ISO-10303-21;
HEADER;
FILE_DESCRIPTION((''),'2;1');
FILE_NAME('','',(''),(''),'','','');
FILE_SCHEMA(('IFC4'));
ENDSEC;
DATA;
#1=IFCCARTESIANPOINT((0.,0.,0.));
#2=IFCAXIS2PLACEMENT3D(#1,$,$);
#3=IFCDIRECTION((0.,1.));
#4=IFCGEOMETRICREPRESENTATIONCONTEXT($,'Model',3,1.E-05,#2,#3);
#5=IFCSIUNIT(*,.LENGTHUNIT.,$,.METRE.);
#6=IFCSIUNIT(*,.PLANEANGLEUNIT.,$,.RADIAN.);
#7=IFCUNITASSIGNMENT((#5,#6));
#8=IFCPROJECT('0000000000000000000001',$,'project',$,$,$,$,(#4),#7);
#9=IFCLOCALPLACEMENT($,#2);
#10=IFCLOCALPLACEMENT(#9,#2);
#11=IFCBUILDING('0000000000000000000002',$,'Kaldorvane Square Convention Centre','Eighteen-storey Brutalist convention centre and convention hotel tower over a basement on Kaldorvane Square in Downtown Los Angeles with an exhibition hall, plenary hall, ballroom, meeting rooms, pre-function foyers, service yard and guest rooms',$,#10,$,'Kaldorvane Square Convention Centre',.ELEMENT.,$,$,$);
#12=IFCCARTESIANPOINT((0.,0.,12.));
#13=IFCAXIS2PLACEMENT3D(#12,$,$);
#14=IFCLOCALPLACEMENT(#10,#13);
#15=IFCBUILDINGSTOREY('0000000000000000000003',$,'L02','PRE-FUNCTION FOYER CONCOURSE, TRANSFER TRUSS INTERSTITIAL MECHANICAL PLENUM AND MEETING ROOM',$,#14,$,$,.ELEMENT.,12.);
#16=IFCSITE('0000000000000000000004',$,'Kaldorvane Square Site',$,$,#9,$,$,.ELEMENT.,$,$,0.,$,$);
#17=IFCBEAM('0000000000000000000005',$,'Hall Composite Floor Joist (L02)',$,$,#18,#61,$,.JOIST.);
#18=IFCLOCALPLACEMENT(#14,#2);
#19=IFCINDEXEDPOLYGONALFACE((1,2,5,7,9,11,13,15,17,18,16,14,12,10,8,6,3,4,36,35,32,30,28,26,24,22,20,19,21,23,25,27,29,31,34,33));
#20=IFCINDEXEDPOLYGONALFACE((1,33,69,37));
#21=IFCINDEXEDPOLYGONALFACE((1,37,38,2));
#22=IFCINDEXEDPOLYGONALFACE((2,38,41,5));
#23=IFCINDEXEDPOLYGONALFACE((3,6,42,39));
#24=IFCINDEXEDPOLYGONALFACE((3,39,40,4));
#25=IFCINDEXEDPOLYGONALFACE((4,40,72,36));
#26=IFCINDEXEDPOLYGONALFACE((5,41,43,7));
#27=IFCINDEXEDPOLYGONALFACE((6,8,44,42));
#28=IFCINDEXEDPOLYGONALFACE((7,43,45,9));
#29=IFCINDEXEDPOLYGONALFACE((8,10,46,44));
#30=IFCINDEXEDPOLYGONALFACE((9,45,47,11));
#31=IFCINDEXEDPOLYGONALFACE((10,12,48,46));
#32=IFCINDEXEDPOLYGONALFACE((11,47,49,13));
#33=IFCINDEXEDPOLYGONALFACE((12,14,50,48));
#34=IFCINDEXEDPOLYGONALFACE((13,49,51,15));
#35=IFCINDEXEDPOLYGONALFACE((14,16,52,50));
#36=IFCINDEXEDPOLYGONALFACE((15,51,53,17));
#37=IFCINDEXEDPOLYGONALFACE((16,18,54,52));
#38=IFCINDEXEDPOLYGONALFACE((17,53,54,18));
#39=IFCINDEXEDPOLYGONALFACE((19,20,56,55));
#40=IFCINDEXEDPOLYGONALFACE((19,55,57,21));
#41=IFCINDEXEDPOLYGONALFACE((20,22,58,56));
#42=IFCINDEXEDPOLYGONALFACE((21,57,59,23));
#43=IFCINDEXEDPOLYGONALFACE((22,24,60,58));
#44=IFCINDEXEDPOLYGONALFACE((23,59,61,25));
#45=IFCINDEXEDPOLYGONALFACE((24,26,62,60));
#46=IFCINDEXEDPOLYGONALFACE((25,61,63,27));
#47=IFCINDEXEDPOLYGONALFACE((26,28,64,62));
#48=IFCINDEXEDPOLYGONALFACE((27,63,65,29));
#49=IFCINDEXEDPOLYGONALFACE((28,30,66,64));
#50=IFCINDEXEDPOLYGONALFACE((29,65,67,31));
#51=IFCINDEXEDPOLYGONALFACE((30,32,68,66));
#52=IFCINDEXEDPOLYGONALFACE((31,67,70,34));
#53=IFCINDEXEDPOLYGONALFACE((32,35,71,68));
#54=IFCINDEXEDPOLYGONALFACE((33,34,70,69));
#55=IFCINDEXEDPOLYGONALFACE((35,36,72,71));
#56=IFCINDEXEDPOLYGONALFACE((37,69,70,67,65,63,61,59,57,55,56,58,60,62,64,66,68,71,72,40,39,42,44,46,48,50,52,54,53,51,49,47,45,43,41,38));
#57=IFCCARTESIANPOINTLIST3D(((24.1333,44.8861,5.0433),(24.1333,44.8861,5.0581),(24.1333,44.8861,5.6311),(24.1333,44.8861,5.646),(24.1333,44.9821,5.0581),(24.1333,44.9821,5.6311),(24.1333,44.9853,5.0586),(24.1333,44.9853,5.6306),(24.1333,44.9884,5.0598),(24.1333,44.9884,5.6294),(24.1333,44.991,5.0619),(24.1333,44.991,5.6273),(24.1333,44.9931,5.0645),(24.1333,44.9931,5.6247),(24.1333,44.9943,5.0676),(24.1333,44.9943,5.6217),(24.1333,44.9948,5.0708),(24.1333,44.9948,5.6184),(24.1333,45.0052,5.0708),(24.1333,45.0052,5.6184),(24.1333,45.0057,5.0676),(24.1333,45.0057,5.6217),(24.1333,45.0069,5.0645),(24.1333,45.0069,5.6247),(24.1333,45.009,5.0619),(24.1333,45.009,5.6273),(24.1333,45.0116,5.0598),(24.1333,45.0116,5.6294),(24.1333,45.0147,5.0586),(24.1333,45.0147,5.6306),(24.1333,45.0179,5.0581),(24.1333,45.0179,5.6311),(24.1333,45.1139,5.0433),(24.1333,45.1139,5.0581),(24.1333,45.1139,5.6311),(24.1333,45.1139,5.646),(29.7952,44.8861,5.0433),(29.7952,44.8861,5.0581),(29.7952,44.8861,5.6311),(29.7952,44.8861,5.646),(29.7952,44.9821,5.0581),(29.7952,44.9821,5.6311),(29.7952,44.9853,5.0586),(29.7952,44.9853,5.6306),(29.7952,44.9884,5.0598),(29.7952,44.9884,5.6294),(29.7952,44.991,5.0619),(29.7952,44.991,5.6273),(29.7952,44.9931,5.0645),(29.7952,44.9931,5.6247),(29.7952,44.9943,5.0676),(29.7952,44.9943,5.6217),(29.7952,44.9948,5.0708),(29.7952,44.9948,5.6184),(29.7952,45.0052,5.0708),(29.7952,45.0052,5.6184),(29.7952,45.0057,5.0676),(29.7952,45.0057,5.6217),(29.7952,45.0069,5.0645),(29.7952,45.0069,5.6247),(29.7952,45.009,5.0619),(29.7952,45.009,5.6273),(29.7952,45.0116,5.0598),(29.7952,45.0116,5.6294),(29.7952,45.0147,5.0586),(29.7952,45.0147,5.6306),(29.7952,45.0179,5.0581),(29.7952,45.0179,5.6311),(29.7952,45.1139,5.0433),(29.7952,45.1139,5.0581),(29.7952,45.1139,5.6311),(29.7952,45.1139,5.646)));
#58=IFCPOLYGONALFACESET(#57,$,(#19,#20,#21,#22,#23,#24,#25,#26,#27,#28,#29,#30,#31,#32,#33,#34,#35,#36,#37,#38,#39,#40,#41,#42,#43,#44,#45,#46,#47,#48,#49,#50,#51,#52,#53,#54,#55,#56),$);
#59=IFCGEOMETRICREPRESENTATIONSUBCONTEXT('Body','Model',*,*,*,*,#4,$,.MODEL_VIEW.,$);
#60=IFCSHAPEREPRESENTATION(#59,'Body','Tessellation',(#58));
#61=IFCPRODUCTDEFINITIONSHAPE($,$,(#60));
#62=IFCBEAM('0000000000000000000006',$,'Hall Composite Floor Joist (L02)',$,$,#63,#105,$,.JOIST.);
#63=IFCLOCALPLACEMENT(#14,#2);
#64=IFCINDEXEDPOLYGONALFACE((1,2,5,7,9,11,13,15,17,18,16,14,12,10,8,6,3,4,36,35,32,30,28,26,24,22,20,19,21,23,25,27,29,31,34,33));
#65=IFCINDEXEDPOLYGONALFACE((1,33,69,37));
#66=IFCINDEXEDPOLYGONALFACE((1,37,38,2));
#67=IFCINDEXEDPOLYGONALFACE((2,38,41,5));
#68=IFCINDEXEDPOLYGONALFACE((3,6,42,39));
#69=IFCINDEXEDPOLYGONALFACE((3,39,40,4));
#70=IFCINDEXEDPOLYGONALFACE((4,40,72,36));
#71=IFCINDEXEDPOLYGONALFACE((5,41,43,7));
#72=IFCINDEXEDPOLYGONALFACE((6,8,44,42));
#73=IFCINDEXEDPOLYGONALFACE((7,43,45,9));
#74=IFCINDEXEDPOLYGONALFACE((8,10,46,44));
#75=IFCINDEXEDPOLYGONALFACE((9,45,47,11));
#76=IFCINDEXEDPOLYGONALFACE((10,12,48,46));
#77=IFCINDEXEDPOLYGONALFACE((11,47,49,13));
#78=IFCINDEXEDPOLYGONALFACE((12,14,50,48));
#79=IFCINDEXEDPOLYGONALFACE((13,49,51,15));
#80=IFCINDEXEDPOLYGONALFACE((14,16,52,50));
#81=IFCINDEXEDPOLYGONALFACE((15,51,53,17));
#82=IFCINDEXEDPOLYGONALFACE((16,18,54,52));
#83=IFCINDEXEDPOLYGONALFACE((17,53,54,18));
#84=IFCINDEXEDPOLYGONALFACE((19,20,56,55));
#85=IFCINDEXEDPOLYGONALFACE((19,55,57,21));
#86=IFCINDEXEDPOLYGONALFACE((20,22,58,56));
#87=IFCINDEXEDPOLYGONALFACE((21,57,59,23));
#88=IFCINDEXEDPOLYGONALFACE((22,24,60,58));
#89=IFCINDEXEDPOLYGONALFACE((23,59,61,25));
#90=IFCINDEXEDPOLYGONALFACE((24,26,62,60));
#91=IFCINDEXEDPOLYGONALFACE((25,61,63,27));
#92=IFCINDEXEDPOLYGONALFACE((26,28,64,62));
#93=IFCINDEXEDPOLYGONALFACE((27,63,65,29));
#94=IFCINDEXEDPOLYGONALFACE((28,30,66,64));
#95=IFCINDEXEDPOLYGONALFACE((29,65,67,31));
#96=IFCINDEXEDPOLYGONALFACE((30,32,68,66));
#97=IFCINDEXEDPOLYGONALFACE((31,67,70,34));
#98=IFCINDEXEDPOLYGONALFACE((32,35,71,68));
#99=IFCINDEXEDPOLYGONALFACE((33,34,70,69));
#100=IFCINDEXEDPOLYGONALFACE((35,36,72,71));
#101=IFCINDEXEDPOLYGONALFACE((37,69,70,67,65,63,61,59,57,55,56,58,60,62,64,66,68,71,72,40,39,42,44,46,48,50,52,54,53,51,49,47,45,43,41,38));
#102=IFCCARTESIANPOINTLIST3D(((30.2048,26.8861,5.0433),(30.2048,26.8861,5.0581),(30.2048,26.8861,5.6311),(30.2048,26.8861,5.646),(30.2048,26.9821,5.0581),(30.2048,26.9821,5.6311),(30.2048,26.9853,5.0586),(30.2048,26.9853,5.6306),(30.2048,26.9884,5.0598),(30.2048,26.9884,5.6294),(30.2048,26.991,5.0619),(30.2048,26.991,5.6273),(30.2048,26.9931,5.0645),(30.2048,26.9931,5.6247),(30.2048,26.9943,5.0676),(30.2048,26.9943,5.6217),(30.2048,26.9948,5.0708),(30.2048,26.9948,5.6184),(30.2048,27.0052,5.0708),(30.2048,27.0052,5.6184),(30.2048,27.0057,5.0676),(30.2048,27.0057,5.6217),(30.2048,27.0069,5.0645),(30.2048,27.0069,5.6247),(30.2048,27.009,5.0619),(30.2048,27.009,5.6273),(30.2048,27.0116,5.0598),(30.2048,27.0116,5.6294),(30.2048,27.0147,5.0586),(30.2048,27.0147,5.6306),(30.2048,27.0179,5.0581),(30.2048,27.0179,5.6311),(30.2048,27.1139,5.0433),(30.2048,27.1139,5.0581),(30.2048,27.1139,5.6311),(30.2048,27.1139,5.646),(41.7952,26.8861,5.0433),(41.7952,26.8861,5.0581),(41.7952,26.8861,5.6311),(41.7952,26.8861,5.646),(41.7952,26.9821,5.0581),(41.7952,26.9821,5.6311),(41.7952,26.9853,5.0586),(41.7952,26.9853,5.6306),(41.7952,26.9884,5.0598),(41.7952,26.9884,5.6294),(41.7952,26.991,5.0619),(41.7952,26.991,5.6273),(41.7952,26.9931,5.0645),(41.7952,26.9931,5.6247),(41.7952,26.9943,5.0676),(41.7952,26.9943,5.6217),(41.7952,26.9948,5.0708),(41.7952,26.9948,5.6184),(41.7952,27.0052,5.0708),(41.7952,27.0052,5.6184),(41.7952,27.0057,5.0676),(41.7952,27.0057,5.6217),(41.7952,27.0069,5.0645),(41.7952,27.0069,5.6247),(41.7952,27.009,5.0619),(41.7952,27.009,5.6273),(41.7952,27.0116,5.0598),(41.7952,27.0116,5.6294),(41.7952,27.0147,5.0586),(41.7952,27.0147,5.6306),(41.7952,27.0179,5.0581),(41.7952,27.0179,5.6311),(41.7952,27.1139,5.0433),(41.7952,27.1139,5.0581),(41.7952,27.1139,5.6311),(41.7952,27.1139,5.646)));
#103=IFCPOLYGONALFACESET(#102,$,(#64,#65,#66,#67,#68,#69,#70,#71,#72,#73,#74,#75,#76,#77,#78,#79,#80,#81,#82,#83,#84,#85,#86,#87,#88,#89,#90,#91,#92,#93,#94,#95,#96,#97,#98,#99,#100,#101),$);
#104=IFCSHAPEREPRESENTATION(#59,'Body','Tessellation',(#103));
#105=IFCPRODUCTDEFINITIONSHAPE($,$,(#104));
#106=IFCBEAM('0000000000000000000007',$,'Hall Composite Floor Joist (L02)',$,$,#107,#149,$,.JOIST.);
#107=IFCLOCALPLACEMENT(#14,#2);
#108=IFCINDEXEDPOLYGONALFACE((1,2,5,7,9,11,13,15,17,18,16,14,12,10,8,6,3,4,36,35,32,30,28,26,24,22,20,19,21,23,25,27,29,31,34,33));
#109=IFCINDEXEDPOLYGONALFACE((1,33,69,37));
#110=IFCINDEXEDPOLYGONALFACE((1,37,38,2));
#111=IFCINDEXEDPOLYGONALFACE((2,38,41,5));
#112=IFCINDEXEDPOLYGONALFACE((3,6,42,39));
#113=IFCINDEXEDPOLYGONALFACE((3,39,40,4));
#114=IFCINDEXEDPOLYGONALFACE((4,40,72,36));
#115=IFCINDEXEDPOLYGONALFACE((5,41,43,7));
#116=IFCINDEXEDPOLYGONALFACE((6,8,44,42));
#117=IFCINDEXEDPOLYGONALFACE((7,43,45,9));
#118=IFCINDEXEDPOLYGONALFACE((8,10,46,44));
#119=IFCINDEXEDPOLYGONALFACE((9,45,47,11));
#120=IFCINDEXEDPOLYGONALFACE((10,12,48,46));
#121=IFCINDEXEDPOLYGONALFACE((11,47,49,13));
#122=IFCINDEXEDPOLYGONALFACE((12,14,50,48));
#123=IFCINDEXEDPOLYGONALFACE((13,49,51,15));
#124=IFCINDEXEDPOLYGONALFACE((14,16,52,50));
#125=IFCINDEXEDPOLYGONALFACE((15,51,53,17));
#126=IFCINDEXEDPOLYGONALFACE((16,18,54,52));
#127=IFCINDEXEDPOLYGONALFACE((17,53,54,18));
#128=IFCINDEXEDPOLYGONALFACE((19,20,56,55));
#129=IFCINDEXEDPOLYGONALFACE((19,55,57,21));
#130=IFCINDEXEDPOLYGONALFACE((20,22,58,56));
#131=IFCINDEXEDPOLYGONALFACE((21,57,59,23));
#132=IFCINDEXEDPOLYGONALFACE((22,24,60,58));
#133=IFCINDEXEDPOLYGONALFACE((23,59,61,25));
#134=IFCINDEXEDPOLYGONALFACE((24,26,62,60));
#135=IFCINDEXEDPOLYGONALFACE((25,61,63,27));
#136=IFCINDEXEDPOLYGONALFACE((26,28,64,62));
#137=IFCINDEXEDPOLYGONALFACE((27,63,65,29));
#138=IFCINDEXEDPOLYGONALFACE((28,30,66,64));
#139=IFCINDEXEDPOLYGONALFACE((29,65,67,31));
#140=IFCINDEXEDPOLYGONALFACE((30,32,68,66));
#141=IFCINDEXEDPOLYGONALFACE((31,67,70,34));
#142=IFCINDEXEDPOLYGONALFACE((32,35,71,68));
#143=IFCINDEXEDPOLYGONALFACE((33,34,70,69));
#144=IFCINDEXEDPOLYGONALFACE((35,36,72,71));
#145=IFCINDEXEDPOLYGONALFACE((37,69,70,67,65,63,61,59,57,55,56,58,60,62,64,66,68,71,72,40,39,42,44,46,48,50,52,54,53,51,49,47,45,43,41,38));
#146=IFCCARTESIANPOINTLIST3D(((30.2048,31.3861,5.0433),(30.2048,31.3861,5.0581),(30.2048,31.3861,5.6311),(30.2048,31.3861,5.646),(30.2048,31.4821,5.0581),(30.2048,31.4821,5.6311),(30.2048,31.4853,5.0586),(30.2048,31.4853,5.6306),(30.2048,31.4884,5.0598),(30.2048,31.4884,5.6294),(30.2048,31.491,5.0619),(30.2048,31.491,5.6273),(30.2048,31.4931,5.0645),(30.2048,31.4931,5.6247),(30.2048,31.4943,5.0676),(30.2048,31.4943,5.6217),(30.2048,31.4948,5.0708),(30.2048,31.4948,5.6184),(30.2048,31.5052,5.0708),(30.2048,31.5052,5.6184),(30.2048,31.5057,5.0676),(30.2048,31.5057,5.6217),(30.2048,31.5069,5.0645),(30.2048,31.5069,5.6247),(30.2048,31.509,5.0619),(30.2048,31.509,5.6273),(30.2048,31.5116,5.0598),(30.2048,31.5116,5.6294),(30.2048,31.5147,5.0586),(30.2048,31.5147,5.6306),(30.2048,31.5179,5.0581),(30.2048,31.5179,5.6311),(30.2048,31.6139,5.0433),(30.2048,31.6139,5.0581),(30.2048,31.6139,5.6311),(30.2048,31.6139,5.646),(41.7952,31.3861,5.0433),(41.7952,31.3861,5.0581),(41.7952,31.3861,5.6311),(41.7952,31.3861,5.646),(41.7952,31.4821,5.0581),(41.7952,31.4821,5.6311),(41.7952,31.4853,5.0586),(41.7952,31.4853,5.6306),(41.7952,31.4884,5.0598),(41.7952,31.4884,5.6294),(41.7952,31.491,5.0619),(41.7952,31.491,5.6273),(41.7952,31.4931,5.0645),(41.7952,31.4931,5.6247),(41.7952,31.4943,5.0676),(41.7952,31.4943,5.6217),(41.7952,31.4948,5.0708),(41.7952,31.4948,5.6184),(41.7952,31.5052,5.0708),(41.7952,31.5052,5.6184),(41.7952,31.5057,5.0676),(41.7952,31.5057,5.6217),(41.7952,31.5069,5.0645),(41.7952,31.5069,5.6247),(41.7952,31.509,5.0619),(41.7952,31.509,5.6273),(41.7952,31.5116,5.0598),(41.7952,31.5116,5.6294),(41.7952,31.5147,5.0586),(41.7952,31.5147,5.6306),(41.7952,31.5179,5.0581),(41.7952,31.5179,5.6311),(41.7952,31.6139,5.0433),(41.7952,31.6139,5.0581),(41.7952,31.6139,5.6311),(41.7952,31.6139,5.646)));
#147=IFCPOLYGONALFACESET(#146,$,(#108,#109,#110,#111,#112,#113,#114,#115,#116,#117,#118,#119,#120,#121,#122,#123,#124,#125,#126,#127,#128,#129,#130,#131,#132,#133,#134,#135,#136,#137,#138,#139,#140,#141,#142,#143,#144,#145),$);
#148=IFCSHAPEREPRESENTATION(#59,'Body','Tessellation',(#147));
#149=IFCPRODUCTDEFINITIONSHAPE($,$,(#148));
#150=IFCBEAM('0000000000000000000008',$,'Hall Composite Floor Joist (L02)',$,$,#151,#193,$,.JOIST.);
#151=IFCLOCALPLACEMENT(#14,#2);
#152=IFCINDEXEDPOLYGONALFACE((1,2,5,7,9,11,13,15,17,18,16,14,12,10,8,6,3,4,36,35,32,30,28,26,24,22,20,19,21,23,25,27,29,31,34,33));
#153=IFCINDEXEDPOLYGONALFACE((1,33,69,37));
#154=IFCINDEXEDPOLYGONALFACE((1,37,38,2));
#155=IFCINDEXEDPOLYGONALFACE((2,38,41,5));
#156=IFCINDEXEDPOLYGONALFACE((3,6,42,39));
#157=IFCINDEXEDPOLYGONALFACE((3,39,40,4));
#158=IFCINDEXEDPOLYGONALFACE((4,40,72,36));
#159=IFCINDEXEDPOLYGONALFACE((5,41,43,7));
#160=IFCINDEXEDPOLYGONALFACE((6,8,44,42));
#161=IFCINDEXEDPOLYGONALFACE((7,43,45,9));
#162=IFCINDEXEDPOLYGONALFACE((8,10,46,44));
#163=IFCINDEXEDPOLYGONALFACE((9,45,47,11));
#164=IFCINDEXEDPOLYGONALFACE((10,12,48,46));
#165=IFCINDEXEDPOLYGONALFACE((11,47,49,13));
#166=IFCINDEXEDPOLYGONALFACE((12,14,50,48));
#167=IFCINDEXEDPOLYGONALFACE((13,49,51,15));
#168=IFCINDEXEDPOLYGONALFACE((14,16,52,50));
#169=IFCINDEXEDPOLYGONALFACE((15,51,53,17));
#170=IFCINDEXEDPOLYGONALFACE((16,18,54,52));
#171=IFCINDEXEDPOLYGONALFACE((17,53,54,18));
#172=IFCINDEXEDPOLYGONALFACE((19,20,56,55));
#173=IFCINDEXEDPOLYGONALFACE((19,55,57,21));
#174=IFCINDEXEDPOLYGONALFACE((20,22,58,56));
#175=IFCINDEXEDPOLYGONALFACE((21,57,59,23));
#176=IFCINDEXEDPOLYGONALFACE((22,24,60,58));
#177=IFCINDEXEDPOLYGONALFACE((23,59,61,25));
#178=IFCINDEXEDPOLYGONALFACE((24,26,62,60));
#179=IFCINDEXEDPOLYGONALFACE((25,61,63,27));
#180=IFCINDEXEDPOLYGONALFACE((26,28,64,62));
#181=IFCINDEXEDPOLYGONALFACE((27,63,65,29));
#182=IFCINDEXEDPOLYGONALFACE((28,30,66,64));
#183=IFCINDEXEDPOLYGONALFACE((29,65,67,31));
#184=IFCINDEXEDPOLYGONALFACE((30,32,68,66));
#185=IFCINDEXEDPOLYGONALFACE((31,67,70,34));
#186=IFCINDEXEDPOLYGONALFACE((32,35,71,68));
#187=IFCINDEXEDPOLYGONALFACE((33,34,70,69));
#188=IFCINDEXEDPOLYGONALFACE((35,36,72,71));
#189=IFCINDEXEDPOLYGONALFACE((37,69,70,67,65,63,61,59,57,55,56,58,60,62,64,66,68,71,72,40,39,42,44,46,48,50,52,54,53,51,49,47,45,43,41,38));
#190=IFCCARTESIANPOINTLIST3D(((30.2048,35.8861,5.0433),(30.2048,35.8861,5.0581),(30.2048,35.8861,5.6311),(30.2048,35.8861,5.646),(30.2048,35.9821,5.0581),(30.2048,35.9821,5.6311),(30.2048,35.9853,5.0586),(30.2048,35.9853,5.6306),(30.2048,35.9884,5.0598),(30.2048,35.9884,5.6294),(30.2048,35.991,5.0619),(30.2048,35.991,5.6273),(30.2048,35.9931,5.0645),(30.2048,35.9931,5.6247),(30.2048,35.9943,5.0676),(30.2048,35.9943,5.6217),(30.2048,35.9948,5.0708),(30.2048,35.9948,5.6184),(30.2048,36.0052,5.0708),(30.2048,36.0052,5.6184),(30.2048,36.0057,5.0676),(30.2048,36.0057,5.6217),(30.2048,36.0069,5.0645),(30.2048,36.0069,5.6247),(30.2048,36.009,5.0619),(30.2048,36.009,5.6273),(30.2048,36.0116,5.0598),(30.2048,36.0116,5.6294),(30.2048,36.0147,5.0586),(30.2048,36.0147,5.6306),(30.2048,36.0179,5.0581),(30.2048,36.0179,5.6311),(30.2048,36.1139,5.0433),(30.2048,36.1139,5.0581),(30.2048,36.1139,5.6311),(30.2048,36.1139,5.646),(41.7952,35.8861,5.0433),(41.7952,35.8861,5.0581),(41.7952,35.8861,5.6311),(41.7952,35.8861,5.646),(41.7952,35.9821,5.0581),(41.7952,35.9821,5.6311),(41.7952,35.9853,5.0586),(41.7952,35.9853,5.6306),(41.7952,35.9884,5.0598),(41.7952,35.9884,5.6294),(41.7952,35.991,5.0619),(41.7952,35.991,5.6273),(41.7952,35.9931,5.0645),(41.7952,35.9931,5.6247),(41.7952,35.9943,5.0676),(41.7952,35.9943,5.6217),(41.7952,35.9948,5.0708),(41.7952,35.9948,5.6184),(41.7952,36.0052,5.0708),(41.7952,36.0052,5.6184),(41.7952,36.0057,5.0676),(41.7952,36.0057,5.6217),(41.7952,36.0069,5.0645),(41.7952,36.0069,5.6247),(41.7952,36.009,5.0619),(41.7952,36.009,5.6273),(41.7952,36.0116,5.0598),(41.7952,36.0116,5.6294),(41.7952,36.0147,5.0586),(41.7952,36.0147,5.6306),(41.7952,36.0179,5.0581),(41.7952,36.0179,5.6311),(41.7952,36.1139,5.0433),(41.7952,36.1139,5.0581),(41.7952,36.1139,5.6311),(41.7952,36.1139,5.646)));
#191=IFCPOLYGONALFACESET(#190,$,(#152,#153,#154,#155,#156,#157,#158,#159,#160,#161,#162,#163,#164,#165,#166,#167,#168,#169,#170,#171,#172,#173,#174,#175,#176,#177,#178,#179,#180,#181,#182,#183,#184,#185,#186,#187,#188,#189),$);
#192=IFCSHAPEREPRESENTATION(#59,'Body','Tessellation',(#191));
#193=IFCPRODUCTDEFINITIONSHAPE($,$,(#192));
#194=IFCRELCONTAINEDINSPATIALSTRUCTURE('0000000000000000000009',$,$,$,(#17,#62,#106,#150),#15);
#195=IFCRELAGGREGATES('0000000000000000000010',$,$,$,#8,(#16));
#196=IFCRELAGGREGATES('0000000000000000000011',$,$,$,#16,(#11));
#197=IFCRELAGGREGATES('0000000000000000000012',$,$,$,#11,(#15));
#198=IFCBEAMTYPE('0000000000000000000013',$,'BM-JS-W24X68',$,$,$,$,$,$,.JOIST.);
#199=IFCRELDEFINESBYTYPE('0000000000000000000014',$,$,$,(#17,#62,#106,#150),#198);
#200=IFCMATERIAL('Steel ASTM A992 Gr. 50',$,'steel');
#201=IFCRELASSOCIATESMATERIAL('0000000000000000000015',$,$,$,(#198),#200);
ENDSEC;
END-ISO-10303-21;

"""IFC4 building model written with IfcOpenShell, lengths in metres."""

from ifc_helpers import new_model, si_unit, direction, frame, origin, origin_2d, place, context, subcontext, project, spatial, i_section, extrude, material, material_profile, profile_set, type_object, element, save


model = new_model("IFC4")

# Units and contexts
model_context = context("Model", 3, precision=1e-05, world=origin(), true_north=direction((0.0, 1.0)))
body_context = subcontext(model_context, "Body", "Model", "MODEL_VIEW")
ifc_project = project(units=[si_unit("LENGTHUNIT", "METRE"), si_unit("PLANEANGLEUNIT", "RADIAN")], contexts=[model_context])

# Site, building, storey
site_placement = place(None, origin())
site = spatial("IfcSite", under=ifc_project, at=site_placement, Name="Kaldorvane Square Site", CompositionType="ELEMENT", RefElevation=0.0)
building_placement = place(site_placement, origin())
building = spatial("IfcBuilding", under=site, at=building_placement, Name="Kaldorvane Square Convention Centre", Description="Eighteen-storey Brutalist convention centre and convention hotel tower over a basement on Kaldorvane Square in Downtown Los Angeles with an exhibition hall, plenary hall, ballroom, meeting rooms, pre-function foyers, service yard and guest rooms", LongName="Kaldorvane Square Convention Centre", CompositionType="ELEMENT")
storey_placement = place(building_placement, frame((0.0, 0.0, 12.0)))
storey = spatial("IfcBuildingStorey", under=building, at=storey_placement, Name="L02", Description="PRE-FUNCTION FOYER CONCOURSE, TRANSFER TRUSS INTERSTITIAL MECHANICAL PLENUM AND MEETING ROOM", CompositionType="ELEMENT", Elevation=12.0)

# Shared definitions
ifc_material_1 = material(Name="Steel ASTM A992 Gr. 50", Category="steel")

# Beams
ifc_material_profile_1 = material_profile(ifc_material_1, i_section(OverallWidth=0.2277, OverallDepth=0.6027, WebThickness=0.0105, FlangeThickness=0.0149, FilletRadius=0.0127, at=origin_2d()), Name="W24X68")
ifc_profile_set_1 = profile_set([ifc_material_profile_1], Name="Steel ASTM A992 Gr. 50")
beam_type_1 = type_object("IfcBeamType", Name="BM-JS-W24X68", PredefinedType="JOIST", material=ifc_profile_set_1)
for number, where, z_axis, x_axis, name in (
    (1, (24.1333, 45.0, 5.3446), (1.0, 0.0, 0.0), (0.0, 1.0, 0.0), "Hall Composite Floor Joist (L02)"),
):
    element("IfcBeam", number, at=place(storey_placement, frame(where, z_axis=z_axis, x_axis=x_axis)), inside=storey, type_object=beam_type_1, Name=name, PredefinedType="JOIST", context=body_context, shape_type="SweptSolid", body=[
        extrude(i_section(OverallWidth=0.2277, OverallDepth=0.6027, WebThickness=0.0105, FlangeThickness=0.0149, FilletRadius=0.0127, at=origin_2d()), origin(), (0.0, 0.0, 1.0), 5.6619),
    ])
for number, where, z_axis, x_axis, name in (
    (2, (30.2048, 27.0, 5.3446), (1.0, 0.0, 0.0), (0.0, 1.0, 0.0), "Hall Composite Floor Joist (L02)"),
    (3, (30.2048, 31.5, 5.3446), (1.0, 0.0, 0.0), (0.0, 1.0, 0.0), "Hall Composite Floor Joist (L02)"),
    (4, (30.2048, 36.0, 5.3446), (1.0, 0.0, 0.0), (0.0, 1.0, 0.0), "Hall Composite Floor Joist (L02)"),
):
    element("IfcBeam", number, at=place(storey_placement, frame(where, z_axis=z_axis, x_axis=x_axis)), inside=storey, type_object=beam_type_1, Name=name, PredefinedType="JOIST", context=body_context, shape_type="SweptSolid", body=[
        extrude(i_section(OverallWidth=0.2277, OverallDepth=0.6027, WebThickness=0.0105, FlangeThickness=0.0149, FilletRadius=0.0127, at=origin_2d()), origin(), (0.0, 0.0, 1.0), 11.5904),
    ])

save(model, "model.ifc")
